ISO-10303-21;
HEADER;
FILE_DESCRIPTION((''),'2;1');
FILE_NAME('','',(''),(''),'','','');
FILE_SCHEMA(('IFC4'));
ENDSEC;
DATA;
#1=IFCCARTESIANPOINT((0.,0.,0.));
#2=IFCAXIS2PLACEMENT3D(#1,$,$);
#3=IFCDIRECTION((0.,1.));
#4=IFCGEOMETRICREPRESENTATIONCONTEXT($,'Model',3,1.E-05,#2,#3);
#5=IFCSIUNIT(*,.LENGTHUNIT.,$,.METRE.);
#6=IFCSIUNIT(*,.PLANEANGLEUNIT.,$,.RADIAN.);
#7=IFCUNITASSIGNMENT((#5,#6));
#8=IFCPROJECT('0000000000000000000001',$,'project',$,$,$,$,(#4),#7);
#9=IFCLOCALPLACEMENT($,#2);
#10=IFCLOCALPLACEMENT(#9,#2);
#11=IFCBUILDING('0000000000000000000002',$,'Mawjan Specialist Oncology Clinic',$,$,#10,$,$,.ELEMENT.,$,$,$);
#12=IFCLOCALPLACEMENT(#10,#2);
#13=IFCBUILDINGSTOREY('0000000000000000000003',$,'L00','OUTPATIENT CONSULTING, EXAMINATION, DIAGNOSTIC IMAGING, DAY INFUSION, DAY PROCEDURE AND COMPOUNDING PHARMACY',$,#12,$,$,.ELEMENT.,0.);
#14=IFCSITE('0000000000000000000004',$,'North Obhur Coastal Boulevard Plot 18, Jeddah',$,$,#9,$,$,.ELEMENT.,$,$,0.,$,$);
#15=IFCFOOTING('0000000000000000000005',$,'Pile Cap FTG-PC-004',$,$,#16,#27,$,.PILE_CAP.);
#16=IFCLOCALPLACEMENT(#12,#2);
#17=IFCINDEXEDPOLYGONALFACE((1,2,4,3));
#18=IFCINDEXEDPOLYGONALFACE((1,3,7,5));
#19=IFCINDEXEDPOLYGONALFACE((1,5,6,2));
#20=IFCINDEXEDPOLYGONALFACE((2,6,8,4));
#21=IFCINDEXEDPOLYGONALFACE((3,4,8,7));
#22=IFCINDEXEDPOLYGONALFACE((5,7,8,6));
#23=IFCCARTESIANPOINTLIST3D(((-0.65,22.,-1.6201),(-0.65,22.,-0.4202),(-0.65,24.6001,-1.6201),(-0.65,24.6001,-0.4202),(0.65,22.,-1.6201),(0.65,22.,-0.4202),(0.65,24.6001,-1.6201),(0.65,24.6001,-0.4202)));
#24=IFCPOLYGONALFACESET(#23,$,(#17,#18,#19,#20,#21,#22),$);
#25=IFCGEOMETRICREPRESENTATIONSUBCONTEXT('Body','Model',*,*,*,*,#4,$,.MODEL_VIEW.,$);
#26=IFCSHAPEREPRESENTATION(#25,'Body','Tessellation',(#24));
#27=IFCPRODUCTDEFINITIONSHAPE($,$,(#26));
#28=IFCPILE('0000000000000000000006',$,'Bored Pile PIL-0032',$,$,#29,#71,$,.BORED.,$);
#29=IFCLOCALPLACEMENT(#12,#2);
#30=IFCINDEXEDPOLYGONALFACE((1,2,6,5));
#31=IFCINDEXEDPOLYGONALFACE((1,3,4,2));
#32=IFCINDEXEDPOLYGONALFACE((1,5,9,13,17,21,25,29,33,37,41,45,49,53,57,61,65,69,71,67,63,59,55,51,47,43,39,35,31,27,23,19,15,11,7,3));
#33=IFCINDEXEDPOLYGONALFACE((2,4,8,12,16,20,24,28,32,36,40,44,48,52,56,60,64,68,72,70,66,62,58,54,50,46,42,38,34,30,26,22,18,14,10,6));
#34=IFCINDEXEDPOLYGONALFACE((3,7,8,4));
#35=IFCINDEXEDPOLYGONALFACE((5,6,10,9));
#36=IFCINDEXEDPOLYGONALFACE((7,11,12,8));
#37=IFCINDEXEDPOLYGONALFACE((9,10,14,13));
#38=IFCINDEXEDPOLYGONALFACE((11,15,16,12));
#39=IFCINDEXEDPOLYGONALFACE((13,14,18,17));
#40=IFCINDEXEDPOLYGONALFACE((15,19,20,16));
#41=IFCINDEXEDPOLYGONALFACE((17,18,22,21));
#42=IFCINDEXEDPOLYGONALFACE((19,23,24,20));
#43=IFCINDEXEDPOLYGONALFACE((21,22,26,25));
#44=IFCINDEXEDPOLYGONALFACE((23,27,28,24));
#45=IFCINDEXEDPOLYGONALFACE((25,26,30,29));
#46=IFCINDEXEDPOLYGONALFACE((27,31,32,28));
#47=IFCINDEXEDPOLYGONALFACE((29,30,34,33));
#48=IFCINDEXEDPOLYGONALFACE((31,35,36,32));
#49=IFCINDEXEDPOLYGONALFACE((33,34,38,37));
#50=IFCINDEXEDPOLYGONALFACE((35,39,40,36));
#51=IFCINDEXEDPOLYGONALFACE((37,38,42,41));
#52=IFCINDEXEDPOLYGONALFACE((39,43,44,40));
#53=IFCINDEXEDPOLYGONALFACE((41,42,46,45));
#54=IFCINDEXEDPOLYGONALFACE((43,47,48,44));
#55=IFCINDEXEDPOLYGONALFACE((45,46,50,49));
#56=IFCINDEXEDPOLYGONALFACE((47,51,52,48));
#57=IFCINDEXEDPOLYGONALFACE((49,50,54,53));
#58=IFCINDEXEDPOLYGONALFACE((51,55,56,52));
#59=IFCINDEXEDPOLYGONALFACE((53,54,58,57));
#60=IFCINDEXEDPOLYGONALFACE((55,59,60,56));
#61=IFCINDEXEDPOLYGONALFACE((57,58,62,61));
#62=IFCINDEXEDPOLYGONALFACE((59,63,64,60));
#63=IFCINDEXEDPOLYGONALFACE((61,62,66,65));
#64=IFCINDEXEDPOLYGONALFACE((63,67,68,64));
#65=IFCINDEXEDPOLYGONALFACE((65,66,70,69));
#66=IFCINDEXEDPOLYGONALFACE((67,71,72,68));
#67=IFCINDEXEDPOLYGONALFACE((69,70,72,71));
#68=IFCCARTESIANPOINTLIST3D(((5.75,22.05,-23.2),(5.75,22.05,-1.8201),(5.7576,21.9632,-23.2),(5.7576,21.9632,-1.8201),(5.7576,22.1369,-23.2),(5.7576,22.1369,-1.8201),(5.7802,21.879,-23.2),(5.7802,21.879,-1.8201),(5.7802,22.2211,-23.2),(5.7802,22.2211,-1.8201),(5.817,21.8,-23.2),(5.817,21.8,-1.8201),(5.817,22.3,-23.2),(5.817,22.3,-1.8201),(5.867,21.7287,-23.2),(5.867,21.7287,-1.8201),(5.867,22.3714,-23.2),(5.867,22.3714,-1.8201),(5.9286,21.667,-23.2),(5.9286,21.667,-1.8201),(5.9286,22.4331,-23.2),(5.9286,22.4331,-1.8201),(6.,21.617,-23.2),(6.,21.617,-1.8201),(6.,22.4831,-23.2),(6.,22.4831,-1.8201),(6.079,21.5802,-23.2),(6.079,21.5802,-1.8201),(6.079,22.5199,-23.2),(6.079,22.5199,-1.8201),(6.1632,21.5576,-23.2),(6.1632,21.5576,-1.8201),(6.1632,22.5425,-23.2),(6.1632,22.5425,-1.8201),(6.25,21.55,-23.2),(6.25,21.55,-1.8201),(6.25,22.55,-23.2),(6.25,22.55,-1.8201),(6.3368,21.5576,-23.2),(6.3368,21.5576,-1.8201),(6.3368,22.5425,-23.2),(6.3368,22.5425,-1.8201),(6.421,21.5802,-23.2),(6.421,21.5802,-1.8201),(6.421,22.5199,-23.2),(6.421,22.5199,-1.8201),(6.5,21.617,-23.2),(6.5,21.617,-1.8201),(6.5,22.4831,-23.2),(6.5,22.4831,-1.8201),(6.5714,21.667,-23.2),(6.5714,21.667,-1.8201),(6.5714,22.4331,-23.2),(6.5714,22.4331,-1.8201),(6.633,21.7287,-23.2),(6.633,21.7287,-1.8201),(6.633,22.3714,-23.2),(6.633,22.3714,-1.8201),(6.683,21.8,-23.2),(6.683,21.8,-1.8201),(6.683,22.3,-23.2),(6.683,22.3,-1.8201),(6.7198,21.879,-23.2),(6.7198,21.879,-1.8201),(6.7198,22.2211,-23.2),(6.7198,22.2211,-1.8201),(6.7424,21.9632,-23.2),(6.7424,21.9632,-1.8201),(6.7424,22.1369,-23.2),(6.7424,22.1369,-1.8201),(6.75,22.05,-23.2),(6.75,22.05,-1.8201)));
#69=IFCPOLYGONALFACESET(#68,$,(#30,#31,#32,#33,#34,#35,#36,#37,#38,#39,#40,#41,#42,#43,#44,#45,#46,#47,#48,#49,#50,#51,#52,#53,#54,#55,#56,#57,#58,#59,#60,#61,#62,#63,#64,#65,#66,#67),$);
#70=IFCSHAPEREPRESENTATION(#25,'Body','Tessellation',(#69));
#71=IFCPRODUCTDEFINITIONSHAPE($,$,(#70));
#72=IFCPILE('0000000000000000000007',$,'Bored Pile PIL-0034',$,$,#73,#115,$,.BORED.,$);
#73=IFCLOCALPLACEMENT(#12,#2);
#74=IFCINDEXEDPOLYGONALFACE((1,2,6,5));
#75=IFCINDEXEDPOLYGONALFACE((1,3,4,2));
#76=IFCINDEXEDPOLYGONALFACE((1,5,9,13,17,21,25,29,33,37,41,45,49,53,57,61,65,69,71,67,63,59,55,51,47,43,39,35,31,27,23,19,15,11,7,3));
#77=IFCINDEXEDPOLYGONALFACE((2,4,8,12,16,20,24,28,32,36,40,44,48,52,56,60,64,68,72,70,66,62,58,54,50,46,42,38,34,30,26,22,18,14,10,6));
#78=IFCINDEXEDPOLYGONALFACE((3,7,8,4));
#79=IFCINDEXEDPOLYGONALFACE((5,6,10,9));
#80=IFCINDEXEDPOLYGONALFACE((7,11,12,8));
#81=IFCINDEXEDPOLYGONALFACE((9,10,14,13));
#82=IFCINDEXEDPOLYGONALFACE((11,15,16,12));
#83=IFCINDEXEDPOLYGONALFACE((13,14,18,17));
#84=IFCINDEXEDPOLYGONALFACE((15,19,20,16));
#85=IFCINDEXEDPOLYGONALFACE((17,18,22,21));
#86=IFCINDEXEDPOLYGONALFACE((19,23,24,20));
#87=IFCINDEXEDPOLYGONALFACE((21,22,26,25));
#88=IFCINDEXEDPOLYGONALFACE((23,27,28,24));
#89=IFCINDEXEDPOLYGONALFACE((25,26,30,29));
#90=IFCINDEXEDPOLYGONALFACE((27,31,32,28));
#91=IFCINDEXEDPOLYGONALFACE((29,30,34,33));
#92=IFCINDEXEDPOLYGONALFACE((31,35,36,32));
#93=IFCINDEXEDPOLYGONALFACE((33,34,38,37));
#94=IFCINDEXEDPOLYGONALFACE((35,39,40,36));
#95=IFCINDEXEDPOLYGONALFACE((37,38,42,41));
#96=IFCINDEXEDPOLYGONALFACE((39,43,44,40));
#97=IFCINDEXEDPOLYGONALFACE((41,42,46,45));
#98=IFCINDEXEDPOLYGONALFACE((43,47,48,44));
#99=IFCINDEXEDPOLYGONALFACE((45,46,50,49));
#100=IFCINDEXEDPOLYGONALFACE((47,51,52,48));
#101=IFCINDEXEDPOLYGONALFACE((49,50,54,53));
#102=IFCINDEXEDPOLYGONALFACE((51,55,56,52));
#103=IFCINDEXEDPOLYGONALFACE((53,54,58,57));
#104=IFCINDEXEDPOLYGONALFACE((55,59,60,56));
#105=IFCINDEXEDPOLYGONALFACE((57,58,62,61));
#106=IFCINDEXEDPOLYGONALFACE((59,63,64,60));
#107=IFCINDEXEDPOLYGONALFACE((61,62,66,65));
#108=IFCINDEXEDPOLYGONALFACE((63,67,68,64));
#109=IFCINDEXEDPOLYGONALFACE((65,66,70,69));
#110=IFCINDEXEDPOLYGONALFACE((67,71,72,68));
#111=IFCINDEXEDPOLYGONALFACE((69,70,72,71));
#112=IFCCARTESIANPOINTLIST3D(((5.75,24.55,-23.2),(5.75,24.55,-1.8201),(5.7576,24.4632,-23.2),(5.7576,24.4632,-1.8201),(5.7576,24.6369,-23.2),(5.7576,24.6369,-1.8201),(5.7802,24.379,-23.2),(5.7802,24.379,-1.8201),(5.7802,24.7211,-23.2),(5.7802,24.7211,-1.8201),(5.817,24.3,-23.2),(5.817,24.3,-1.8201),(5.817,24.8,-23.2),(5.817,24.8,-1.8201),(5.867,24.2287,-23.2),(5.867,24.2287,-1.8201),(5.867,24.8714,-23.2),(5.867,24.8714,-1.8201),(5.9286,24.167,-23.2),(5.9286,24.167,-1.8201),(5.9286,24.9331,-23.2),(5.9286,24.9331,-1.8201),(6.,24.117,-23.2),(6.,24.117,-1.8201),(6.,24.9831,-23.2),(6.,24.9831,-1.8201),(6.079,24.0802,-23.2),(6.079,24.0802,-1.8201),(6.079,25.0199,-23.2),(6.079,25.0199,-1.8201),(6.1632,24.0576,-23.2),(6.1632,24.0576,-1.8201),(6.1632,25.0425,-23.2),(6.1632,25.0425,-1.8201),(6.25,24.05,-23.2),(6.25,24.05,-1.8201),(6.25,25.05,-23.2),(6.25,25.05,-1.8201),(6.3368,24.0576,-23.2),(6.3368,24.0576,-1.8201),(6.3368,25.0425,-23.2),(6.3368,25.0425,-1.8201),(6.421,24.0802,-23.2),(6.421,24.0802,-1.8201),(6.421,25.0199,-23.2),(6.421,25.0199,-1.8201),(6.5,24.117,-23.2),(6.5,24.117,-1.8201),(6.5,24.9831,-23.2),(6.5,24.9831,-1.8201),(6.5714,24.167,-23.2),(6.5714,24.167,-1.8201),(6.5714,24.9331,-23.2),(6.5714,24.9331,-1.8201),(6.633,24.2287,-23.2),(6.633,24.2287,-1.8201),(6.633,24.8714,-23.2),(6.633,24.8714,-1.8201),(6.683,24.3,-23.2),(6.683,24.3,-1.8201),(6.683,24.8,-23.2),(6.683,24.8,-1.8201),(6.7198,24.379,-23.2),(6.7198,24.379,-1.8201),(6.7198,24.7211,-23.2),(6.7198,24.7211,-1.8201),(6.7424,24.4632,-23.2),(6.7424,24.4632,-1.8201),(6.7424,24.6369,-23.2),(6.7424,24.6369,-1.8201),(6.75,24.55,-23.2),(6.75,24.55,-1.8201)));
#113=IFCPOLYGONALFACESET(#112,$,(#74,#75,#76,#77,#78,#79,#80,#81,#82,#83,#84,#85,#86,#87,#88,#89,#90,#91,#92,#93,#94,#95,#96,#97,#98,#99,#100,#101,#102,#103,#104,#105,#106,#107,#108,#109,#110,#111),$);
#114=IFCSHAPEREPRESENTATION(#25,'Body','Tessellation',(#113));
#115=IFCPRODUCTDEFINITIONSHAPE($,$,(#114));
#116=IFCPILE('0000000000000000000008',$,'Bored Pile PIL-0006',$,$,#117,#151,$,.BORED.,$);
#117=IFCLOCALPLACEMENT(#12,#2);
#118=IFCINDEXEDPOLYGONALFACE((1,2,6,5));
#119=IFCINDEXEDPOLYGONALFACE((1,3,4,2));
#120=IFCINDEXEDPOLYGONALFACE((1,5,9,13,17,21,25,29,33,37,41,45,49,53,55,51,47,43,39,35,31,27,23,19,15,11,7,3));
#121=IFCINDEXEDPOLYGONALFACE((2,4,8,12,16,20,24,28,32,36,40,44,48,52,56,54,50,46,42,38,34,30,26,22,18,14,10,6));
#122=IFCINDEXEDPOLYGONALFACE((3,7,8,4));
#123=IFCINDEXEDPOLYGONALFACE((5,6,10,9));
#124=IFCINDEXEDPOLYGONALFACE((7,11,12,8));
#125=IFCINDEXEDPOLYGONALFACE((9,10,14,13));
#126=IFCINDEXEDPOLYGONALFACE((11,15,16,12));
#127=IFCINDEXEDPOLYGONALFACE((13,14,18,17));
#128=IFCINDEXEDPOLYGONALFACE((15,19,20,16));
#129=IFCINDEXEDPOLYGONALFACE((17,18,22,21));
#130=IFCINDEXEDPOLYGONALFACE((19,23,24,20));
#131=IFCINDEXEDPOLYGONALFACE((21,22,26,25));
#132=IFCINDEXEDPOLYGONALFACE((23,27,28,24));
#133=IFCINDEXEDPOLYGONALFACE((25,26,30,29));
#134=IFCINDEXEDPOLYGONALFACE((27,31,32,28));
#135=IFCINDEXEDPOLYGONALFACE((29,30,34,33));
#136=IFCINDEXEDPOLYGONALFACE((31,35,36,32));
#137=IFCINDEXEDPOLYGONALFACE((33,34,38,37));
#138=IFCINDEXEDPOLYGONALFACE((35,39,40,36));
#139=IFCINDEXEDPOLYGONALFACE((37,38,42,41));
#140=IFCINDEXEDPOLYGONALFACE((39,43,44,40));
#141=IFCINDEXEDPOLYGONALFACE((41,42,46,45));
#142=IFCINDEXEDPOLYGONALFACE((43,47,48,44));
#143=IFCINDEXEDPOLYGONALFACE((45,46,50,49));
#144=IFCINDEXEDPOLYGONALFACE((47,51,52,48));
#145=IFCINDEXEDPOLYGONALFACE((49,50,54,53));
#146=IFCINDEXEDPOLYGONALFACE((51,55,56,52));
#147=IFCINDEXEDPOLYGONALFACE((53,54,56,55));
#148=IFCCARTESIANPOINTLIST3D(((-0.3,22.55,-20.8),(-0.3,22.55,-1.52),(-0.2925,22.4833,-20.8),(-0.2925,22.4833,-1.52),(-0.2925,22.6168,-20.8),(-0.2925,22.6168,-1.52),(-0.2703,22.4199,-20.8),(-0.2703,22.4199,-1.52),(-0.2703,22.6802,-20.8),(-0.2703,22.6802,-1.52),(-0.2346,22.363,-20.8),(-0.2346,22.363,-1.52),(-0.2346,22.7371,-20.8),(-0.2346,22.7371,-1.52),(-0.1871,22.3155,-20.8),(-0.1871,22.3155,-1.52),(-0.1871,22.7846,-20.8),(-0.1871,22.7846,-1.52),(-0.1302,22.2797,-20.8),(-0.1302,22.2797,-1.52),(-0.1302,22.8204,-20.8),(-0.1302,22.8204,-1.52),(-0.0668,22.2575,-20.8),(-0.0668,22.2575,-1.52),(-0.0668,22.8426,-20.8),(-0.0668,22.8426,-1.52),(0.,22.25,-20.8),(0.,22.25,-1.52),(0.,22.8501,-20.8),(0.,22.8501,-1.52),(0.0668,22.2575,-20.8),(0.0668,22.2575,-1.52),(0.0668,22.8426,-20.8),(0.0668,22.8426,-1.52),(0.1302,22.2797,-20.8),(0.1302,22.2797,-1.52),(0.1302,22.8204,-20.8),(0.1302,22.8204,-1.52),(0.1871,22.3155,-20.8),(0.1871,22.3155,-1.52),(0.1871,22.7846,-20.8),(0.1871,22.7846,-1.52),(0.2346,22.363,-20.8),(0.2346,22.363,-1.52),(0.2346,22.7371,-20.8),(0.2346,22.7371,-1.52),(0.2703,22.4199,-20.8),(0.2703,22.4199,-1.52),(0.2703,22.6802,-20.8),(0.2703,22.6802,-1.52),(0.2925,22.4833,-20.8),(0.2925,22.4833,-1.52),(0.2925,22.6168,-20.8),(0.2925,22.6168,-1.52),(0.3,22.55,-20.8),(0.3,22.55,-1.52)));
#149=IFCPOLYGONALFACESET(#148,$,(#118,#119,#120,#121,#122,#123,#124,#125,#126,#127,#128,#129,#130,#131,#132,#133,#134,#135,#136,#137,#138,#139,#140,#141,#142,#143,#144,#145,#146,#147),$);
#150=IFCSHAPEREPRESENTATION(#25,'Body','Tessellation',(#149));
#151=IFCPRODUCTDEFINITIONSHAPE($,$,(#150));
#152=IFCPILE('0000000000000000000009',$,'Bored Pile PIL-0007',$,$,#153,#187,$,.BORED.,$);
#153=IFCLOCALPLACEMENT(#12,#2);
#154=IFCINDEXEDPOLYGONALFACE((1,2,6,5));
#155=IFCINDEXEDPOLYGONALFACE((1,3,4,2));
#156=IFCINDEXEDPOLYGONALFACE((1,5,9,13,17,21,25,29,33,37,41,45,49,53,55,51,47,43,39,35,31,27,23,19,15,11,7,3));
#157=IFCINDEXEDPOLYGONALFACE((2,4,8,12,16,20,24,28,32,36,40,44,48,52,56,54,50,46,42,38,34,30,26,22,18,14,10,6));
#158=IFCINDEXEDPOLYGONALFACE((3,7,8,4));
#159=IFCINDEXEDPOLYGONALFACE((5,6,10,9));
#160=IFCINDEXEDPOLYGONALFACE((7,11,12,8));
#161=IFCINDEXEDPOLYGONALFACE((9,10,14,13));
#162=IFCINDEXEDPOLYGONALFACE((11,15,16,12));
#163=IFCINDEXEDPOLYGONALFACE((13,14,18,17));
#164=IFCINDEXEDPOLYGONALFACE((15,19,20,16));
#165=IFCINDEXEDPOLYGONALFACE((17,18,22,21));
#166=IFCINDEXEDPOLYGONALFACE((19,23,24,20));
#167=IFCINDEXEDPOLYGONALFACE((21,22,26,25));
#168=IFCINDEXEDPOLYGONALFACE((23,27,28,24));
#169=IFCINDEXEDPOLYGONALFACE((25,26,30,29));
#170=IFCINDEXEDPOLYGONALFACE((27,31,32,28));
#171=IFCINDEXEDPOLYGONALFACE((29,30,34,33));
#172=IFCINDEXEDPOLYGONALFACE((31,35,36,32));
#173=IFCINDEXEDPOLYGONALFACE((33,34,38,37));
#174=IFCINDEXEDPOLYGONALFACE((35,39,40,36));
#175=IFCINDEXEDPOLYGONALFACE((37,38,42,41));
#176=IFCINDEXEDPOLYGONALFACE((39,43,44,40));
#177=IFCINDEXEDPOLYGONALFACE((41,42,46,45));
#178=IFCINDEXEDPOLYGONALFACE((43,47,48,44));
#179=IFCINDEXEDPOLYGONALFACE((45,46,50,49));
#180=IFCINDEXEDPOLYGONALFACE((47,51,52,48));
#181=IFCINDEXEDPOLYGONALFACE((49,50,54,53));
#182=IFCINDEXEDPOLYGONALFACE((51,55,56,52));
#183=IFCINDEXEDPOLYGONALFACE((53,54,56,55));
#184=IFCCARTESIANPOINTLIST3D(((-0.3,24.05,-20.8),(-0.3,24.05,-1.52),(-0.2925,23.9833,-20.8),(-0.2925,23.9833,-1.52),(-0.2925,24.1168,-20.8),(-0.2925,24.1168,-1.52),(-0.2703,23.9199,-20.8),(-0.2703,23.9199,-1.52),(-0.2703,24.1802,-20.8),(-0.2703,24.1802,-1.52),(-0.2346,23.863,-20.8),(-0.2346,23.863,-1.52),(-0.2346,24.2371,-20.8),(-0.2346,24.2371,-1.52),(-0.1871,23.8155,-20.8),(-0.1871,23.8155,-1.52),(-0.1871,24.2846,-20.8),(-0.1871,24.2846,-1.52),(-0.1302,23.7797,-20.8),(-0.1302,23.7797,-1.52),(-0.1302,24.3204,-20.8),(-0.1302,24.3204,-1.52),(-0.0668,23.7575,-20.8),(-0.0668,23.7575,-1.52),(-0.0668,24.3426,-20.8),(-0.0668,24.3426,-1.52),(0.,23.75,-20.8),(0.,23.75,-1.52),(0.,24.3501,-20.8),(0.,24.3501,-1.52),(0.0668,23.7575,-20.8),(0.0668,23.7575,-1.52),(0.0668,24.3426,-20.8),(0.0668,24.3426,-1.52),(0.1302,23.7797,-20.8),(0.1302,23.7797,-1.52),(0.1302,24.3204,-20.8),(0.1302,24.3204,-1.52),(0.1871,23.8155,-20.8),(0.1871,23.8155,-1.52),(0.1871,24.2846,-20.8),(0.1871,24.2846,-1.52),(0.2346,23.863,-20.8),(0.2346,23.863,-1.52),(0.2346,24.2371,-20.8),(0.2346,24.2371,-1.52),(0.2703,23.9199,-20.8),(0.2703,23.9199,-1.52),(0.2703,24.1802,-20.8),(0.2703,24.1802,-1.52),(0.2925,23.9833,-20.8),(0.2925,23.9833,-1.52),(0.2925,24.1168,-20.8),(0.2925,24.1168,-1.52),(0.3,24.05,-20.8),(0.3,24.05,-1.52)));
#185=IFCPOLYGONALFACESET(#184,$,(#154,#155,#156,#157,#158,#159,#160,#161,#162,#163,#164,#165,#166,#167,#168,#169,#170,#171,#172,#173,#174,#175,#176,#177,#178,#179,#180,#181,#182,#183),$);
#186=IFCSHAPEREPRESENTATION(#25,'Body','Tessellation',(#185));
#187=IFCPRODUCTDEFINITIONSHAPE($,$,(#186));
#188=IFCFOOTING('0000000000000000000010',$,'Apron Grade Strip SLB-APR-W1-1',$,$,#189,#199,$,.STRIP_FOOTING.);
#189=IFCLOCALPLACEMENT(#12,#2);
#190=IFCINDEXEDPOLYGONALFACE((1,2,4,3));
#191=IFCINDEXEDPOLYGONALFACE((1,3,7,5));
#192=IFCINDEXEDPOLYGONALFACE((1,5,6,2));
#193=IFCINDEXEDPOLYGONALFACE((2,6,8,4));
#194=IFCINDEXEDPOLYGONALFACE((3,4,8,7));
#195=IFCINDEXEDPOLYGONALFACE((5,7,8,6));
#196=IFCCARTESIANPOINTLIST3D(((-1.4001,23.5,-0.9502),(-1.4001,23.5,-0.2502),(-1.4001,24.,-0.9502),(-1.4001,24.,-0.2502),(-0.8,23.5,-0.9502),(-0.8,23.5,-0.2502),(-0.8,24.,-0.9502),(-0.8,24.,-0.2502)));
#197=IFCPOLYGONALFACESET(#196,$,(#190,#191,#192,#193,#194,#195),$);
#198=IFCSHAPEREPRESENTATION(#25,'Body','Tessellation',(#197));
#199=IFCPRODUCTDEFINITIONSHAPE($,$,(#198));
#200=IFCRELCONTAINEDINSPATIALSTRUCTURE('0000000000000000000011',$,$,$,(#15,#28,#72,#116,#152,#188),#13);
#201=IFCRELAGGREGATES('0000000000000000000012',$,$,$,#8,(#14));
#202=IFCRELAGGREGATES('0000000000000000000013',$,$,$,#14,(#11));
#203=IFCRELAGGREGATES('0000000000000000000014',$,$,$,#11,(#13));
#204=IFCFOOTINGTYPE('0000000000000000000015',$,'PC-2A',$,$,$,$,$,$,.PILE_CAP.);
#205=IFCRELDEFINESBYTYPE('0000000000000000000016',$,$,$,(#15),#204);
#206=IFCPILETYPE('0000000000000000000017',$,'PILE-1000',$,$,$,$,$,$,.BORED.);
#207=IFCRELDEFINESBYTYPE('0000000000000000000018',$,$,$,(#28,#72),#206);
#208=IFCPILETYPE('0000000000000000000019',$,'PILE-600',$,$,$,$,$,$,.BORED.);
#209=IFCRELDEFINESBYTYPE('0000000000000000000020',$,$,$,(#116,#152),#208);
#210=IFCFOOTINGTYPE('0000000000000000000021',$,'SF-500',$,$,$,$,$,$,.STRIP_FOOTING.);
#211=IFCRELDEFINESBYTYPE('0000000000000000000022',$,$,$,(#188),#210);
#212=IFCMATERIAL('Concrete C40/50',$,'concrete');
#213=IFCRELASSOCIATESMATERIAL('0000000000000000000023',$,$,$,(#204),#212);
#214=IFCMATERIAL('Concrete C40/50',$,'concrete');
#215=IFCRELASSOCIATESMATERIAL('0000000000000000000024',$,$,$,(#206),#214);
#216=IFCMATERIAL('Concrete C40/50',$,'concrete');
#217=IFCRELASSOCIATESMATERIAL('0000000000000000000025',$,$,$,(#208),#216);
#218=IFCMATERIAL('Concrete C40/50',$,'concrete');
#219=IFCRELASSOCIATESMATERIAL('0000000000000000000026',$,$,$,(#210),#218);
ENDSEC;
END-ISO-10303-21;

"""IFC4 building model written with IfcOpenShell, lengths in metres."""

from ifc_helpers import new_model, si_unit, direction, frame, origin, origin_2d, place, context, subcontext, project, spatial, rectangle, circle, extrude, material, material_profile, profile_set, type_object, element, save


model = new_model("IFC4")

# Units and contexts
model_context = context("Model", 3, precision=1e-05, world=origin(), true_north=direction((0.0, 1.0)))
body_context = subcontext(model_context, "Body", "Model", "MODEL_VIEW")
ifc_project = project(units=[si_unit("LENGTHUNIT", "METRE"), si_unit("PLANEANGLEUNIT", "RADIAN")], contexts=[model_context])

# Site, building, storey
site_placement = place(None, origin())
site = spatial("IfcSite", under=ifc_project, at=site_placement, Name="North Obhur Coastal Boulevard Plot 18, Jeddah", CompositionType="ELEMENT", RefElevation=0.0)
building_placement = place(site_placement, origin())
building = spatial("IfcBuilding", under=site, at=building_placement, Name="Mawjan Specialist Oncology Clinic", CompositionType="ELEMENT")
storey_placement = place(building_placement, origin())
storey = spatial("IfcBuildingStorey", under=building, at=storey_placement, Name="L00", Description="OUTPATIENT CONSULTING, EXAMINATION, DIAGNOSTIC IMAGING, DAY INFUSION, DAY PROCEDURE AND COMPOUNDING PHARMACY", CompositionType="ELEMENT", Elevation=0.0)

# Footing
ifc_material_1 = material(Name="Concrete C40/50", Category="concrete")
footing_type_1 = type_object("IfcFootingType", Name="PC-2A", PredefinedType="PILE_CAP", material=ifc_material_1)
footing_1_placement = place(storey_placement, frame((0.0, 23.3, -1.6201), z_axis=(0.0, 0.0, 1.0), x_axis=(0.0, 1.0, 0.0)))
element("IfcFooting", 1, at=footing_1_placement, inside=storey, type_object=footing_type_1, Name="Pile Cap FTG-PC-004", PredefinedType="PILE_CAP", context=body_context, shape_type="SweptSolid", body=[
    extrude(rectangle(XDim=2.6001, YDim=1.3, at=origin_2d()), origin(), (0.0, 0.0, 1.0), 1.2),
])

# Piles
ifc_material_2 = material(Name="Concrete C40/50", Category="concrete")
ifc_material_profile_1 = material_profile(ifc_material_2, circle(Radius=0.5, at=origin_2d()), Name="BORED PILE D1000", Category="concrete")
ifc_profile_set_1 = profile_set([ifc_material_profile_1], Name="Concrete C40/50")
pile_type_1 = type_object("IfcPileType", Name="PILE-1000", PredefinedType="BORED", material=ifc_profile_set_1)
for number, where, z_axis, x_axis, name in (
    (2, (6.25, 22.05, -1.8201), (0.0, 0.0, -1.0), (1.0, 0.0, 0.0), "Bored Pile PIL-0032"),
    (3, (6.25, 24.55, -1.8201), (0.0, 0.0, -1.0), (1.0, 0.0, 0.0), "Bored Pile PIL-0034"),
):
    element("IfcPile", number, at=place(storey_placement, frame(where, z_axis=z_axis, x_axis=x_axis)), inside=storey, type_object=pile_type_1, Name=name, PredefinedType="BORED", context=body_context, shape_type="SweptSolid", body=[
        extrude(circle(Radius=0.5, at=origin_2d()), origin(), (0.0, 0.0, 1.0), 21.3799),
    ])
ifc_material_3 = material(Name="Concrete C40/50", Category="concrete")
ifc_material_profile_2 = material_profile(ifc_material_3, circle(Radius=0.3, at=origin_2d()), Name="BORED PILE D600", Category="concrete")
ifc_profile_set_2 = profile_set([ifc_material_profile_2], Name="Concrete C40/50")
pile_type_2 = type_object("IfcPileType", Name="PILE-600", PredefinedType="BORED", material=ifc_profile_set_2)
for number, where, z_axis, x_axis, name in (
    (4, (0.0, 22.55, -1.52), (0.0, 0.0, -1.0), (1.0, 0.0, 0.0), "Bored Pile PIL-0006"),
    (5, (0.0, 24.05, -1.52), (0.0, 0.0, -1.0), (1.0, 0.0, 0.0), "Bored Pile PIL-0007"),
):
    element("IfcPile", number, at=place(storey_placement, frame(where, z_axis=z_axis, x_axis=x_axis)), inside=storey, type_object=pile_type_2, Name=name, PredefinedType="BORED", context=body_context, shape_type="SweptSolid", body=[
        extrude(circle(Radius=0.3, at=origin_2d()), origin(), (0.0, 0.0, 1.0), 19.28),
    ])

# Footing
ifc_material_4 = material(Name="Concrete C40/50", Category="concrete")
footing_type_2 = type_object("IfcFootingType", Name="SF-500", PredefinedType="STRIP_FOOTING", material=ifc_material_4)
footing_2_placement = place(storey_placement, frame((-1.1001, 23.75, -0.9502), z_axis=(0.0, 0.0, 1.0), x_axis=(1.0, 0.0, 0.0)))
element("IfcFooting", 6, at=footing_2_placement, inside=storey, type_object=footing_type_2, Name="Apron Grade Strip SLB-APR-W1-1", PredefinedType="STRIP_FOOTING", context=body_context, shape_type="SweptSolid", body=[
    extrude(rectangle(XDim=0.6001, YDim=0.5, at=origin_2d()), origin(), (0.0, 0.0, 1.0), 0.7),
])

save(model, "model.ifc")
